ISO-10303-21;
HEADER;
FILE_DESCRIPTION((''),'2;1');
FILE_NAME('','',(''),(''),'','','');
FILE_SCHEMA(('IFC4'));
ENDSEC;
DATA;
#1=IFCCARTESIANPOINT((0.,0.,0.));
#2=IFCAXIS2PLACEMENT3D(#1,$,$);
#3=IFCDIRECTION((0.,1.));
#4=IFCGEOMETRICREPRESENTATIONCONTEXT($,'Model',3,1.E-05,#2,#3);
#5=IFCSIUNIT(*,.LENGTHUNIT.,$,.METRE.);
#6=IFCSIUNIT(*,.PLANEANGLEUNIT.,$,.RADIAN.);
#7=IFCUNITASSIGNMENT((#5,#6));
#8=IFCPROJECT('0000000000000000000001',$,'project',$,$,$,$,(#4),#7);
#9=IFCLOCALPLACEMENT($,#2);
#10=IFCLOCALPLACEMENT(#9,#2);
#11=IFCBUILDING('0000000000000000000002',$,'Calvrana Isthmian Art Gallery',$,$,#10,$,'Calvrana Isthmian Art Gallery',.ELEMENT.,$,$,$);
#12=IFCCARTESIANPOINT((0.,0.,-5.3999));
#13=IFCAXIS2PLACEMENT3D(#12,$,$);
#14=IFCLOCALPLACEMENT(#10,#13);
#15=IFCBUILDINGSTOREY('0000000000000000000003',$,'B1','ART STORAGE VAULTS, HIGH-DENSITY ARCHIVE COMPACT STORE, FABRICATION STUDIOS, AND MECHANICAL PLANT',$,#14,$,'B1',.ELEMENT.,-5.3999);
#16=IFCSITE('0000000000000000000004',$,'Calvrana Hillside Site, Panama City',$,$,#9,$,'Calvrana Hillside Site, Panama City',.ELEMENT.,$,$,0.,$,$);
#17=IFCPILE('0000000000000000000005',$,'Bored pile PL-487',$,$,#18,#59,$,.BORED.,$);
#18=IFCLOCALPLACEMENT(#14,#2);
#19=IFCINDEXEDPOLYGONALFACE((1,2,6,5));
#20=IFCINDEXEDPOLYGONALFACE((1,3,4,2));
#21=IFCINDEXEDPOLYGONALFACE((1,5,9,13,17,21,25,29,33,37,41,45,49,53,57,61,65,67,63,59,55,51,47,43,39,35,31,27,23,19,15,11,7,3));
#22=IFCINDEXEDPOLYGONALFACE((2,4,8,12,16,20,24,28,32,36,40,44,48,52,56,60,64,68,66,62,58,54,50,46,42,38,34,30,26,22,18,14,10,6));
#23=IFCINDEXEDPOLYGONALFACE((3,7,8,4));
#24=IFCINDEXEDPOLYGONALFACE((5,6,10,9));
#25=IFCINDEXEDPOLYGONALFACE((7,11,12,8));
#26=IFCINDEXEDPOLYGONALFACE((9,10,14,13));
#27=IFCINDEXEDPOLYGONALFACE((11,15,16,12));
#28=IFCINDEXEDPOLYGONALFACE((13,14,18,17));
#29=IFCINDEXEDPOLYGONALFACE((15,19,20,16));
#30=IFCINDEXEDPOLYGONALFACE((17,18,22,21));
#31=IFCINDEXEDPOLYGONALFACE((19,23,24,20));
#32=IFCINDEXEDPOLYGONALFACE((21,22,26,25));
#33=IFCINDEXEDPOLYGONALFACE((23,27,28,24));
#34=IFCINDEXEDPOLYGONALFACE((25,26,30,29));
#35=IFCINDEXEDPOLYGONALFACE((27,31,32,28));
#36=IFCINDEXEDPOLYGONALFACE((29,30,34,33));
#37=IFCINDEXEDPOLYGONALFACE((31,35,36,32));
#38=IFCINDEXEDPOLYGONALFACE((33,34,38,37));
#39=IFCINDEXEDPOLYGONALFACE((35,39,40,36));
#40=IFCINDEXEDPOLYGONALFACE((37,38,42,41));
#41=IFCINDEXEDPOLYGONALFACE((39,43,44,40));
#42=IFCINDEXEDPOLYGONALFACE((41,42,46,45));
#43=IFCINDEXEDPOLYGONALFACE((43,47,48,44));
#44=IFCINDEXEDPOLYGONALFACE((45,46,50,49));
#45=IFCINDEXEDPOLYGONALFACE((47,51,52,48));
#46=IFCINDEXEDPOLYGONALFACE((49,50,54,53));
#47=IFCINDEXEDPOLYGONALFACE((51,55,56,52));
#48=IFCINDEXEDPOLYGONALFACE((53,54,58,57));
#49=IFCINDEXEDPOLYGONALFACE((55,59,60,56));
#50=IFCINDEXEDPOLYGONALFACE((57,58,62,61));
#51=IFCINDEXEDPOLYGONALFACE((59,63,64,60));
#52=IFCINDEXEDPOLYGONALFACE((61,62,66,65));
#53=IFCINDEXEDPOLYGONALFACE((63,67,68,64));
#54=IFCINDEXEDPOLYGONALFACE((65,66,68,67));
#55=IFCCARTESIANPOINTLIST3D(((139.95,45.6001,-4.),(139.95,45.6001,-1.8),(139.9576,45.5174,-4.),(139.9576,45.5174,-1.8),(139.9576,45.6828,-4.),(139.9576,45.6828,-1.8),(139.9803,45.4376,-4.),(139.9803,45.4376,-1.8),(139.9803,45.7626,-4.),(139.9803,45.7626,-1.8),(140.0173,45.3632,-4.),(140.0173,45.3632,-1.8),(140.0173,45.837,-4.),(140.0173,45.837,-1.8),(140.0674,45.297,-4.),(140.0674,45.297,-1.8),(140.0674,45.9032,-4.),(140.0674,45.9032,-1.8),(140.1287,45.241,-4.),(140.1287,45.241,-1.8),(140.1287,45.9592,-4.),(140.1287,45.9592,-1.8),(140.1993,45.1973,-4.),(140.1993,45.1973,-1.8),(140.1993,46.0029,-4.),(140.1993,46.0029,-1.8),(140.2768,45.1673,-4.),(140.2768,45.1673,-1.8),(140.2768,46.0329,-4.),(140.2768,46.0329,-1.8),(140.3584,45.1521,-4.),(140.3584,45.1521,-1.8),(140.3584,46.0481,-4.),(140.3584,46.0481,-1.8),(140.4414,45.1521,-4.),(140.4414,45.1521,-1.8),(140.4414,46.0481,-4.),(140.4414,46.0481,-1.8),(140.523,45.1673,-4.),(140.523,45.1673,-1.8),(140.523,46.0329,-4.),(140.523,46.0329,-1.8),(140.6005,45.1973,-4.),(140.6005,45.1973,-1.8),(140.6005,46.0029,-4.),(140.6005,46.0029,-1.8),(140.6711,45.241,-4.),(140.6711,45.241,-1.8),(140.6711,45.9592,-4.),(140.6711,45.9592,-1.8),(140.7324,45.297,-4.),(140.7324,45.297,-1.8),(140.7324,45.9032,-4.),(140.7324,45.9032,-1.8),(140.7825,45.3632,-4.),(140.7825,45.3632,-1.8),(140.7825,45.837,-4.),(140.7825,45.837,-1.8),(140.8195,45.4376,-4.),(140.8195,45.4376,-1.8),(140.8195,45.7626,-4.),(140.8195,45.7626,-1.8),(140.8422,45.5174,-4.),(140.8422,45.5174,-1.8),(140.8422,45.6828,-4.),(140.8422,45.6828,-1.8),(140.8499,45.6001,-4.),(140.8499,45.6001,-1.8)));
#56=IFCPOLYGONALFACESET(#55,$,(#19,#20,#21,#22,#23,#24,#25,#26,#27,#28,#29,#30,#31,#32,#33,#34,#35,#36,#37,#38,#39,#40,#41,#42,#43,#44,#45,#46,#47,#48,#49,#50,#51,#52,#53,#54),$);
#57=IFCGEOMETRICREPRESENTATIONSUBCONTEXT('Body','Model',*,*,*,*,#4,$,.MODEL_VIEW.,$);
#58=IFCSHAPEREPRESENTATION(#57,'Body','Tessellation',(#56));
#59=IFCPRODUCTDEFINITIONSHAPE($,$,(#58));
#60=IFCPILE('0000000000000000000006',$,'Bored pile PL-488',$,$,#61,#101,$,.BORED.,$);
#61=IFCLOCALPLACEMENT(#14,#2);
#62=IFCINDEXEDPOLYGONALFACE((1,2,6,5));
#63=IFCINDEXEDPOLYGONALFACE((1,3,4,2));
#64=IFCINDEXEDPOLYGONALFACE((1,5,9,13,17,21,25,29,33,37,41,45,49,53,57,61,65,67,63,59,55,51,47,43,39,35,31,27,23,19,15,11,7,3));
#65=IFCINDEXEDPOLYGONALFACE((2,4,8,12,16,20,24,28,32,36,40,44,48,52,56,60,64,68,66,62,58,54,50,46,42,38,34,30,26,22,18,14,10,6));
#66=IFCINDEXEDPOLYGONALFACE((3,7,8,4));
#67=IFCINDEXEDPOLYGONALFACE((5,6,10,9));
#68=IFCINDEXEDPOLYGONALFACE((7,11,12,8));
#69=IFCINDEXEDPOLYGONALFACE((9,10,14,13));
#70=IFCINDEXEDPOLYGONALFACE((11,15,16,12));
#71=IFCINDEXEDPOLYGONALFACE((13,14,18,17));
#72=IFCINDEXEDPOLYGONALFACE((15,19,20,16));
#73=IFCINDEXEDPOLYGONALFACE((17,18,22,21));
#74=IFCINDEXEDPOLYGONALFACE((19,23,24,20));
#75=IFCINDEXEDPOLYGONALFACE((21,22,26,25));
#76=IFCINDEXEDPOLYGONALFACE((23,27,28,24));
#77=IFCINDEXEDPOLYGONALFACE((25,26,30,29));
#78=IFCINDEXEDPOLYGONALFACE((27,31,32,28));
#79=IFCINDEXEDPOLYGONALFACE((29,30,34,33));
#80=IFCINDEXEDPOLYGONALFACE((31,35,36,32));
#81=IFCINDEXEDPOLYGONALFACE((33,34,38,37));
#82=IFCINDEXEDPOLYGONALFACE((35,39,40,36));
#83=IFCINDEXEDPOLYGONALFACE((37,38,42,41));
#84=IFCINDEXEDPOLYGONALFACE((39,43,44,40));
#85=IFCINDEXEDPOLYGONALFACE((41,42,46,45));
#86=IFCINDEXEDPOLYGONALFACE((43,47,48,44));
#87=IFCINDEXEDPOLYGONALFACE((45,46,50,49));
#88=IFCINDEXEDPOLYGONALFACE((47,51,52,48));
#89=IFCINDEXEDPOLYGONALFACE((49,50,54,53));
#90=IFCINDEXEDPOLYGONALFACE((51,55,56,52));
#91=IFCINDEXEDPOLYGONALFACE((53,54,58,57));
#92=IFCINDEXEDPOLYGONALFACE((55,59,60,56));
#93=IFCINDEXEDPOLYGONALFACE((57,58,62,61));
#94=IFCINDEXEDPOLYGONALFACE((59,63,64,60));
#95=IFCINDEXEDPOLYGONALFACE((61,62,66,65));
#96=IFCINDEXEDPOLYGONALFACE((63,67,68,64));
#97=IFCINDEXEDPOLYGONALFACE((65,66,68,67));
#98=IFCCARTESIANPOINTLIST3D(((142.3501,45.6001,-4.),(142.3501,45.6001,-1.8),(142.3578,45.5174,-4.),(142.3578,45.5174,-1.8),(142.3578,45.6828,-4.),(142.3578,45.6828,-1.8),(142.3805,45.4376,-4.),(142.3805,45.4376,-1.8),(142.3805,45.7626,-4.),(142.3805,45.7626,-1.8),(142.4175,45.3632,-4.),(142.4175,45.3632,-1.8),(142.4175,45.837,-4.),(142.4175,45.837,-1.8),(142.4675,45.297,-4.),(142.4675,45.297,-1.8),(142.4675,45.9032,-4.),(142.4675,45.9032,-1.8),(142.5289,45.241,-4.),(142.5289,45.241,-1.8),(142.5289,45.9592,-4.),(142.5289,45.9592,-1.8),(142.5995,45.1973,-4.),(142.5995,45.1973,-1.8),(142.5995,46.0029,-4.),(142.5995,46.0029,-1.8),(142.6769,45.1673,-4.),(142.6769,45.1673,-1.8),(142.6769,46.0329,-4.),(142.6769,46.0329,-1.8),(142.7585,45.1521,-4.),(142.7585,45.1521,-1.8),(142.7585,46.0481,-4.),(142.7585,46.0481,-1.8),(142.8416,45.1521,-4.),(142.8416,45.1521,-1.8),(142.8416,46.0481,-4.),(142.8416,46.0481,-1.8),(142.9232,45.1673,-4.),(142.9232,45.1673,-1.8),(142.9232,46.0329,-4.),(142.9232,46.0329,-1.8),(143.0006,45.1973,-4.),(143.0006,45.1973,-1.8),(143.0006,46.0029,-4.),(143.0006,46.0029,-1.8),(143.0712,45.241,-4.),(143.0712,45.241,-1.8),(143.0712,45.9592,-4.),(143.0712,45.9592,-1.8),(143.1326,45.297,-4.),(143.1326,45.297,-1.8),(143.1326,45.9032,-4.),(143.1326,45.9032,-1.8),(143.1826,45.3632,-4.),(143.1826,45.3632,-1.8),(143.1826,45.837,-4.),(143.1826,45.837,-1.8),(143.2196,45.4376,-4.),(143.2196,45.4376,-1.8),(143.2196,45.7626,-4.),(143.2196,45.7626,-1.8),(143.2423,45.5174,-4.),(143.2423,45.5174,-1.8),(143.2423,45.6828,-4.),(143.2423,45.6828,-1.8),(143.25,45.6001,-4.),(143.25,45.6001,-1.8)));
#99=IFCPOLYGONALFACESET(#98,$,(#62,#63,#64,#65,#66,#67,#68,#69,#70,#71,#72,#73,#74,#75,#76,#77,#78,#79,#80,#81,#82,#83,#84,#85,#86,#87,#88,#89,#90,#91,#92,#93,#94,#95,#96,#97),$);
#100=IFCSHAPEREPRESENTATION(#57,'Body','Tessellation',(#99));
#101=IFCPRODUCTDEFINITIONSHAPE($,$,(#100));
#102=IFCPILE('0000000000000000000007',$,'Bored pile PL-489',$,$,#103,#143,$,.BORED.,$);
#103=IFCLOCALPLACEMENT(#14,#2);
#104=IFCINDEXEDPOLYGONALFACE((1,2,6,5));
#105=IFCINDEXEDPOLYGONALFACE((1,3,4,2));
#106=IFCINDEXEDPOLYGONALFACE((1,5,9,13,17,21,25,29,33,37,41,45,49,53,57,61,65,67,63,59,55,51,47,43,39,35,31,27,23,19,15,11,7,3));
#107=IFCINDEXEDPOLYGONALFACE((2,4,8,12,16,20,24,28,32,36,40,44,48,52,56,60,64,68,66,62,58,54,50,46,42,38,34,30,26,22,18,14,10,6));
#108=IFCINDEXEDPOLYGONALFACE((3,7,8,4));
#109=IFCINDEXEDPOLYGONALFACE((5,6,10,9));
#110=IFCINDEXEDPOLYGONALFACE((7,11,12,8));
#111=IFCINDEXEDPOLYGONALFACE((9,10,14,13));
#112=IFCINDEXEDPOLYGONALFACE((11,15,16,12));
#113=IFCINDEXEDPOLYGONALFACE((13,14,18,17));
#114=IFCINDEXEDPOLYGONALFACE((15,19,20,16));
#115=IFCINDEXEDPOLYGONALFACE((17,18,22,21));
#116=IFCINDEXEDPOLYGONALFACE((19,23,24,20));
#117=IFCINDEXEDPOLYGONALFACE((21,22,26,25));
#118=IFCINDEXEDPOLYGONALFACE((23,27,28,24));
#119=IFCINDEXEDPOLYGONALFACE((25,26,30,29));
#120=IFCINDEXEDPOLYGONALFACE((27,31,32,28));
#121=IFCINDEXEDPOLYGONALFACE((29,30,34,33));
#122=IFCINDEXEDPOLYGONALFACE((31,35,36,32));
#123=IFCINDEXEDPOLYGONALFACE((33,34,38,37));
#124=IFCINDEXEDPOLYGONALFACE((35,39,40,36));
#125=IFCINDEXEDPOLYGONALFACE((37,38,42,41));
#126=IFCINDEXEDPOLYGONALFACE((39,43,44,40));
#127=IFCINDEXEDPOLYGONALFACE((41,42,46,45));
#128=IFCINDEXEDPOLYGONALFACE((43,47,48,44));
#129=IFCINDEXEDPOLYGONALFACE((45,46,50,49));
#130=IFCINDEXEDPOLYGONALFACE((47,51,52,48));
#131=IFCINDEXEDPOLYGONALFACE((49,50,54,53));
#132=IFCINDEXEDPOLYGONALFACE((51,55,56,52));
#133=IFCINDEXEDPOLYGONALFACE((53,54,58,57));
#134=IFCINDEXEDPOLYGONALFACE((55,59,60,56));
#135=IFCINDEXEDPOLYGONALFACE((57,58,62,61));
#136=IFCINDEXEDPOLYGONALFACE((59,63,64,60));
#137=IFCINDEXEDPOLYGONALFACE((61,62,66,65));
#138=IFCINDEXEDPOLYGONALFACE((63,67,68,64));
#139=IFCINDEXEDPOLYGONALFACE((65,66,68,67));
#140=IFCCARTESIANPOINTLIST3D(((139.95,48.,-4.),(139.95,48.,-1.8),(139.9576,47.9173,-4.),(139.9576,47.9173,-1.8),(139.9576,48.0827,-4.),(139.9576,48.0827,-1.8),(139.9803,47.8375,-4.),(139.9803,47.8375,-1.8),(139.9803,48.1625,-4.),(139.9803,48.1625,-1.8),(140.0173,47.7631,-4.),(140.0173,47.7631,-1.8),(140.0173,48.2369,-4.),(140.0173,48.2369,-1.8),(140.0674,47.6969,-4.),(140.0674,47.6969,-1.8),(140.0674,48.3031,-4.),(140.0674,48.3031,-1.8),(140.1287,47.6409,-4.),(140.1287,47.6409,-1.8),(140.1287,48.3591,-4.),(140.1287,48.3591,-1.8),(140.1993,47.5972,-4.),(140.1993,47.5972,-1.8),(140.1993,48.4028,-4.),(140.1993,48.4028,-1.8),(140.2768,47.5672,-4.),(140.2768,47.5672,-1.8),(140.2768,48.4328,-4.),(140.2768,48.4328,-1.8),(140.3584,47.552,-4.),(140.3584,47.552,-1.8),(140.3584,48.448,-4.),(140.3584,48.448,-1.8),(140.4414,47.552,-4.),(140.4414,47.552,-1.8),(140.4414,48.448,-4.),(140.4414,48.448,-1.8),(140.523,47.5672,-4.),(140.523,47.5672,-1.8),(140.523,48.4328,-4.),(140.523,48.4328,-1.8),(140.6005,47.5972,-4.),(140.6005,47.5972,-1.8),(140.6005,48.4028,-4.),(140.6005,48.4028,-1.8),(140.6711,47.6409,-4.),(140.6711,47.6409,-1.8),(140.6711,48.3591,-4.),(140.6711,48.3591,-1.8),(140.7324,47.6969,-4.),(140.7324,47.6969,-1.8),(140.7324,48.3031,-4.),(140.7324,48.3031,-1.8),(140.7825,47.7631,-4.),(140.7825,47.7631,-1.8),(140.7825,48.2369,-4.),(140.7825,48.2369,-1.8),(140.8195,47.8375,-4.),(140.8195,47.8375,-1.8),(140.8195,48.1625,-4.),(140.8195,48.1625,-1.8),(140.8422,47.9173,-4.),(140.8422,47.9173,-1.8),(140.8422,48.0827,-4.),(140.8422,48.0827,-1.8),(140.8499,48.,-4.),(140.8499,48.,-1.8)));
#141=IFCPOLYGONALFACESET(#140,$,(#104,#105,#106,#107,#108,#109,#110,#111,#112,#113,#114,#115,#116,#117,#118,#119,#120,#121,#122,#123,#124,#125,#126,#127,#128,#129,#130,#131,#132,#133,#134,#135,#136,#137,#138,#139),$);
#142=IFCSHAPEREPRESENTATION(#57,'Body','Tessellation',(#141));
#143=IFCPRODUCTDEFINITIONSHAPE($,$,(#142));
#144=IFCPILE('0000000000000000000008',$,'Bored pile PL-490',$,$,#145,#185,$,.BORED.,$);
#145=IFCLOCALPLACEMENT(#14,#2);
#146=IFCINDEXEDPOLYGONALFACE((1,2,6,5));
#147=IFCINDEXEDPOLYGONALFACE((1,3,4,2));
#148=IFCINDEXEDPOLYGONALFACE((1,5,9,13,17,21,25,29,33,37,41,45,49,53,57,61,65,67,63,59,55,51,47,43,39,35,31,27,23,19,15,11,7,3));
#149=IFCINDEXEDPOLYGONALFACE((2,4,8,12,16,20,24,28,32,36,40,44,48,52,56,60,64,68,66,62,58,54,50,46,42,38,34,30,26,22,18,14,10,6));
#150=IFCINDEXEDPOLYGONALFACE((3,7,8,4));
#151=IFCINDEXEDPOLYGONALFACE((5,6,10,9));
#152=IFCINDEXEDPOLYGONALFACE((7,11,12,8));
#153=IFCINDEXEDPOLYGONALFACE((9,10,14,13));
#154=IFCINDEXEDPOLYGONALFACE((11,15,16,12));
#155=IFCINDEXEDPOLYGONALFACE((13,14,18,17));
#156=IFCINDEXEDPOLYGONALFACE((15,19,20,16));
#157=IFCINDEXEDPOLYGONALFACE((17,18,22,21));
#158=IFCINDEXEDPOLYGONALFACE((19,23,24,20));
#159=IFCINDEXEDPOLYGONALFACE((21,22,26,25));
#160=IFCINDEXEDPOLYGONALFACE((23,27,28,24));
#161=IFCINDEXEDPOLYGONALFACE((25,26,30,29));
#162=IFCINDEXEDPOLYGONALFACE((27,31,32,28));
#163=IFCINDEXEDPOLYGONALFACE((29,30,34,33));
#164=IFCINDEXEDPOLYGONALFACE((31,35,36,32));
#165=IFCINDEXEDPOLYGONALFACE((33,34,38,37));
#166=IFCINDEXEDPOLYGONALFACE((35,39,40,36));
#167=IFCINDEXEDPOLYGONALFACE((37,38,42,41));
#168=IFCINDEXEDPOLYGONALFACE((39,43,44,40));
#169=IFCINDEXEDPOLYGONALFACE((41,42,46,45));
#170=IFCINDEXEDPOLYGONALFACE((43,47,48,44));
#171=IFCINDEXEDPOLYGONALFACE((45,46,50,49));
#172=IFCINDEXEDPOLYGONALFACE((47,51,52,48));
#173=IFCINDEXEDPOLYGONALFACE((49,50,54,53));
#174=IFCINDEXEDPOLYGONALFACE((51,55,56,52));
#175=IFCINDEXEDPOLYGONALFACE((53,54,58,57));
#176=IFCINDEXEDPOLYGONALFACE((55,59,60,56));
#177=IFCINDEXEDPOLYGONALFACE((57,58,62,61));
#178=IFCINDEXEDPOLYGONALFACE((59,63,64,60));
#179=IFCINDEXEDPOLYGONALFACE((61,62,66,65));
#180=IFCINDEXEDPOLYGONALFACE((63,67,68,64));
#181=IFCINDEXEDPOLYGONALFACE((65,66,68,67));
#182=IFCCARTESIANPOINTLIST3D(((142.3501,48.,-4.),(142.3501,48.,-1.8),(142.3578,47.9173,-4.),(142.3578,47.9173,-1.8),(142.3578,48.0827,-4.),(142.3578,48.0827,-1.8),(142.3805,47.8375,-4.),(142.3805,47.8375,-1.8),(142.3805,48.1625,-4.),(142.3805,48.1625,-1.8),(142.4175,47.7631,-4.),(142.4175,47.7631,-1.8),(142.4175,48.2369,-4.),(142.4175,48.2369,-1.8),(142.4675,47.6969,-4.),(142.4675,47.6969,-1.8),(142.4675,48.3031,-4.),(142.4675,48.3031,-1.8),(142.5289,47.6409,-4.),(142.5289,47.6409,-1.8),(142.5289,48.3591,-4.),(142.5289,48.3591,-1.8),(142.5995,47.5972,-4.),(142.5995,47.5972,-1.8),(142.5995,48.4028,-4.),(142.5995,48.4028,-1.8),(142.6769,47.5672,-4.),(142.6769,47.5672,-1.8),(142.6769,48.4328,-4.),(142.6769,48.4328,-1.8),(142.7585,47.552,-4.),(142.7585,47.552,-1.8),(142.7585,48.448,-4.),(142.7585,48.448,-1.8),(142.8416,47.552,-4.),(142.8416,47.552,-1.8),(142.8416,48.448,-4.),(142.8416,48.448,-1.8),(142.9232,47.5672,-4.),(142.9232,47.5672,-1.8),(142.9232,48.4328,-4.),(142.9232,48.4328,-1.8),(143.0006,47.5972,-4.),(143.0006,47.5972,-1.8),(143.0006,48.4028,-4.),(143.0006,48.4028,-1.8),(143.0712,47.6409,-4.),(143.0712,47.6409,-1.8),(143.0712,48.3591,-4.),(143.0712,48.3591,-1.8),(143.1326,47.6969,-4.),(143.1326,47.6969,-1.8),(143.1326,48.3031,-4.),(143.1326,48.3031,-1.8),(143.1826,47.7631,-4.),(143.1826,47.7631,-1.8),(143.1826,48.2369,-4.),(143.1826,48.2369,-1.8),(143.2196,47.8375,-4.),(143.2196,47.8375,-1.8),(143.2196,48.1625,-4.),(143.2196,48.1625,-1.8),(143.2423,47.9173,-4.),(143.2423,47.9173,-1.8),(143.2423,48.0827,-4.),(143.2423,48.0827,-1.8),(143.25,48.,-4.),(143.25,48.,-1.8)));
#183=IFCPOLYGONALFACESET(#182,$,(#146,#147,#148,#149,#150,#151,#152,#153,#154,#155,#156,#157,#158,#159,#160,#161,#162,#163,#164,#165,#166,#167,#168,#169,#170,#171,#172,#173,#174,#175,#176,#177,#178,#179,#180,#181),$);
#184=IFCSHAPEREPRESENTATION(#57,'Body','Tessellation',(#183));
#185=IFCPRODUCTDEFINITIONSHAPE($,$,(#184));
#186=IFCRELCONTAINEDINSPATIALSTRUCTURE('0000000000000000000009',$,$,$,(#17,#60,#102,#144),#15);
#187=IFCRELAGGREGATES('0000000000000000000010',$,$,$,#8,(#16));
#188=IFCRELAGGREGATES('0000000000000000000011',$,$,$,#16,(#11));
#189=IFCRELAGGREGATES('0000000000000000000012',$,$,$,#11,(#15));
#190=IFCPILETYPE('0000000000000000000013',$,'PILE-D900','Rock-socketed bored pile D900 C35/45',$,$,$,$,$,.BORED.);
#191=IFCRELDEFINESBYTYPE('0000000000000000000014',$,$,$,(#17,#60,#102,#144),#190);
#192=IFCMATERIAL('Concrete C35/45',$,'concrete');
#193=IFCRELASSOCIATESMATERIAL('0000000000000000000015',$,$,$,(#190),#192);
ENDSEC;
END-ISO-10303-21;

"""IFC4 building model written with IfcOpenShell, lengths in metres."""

from ifc_helpers import new_model, si_unit, direction, frame, origin, origin_2d, place, context, subcontext, project, spatial, circle, extrude, material, material_profile, profile_set, type_object, element, save


model = new_model("IFC4")

# Units and contexts
model_context = context("Model", 3, precision=1e-05, world=origin(), true_north=direction((0.0, 1.0)))
body_context = subcontext(model_context, "Body", "Model", "MODEL_VIEW")
ifc_project = project(units=[si_unit("LENGTHUNIT", "METRE"), si_unit("PLANEANGLEUNIT", "RADIAN")], contexts=[model_context])

# Site, building, storey
site_placement = place(None, origin())
site = spatial("IfcSite", under=ifc_project, at=site_placement, Name="Calvrana Hillside Site, Panama City", LongName="Calvrana Hillside Site, Panama City", CompositionType="ELEMENT", RefElevation=0.0)
building_placement = place(site_placement, origin())
building = spatial("IfcBuilding", under=site, at=building_placement, Name="Calvrana Isthmian Art Gallery", LongName="Calvrana Isthmian Art Gallery", CompositionType="ELEMENT")
storey_placement = place(building_placement, frame((0.0, 0.0, -5.3999)))
storey = spatial("IfcBuildingStorey", under=building, at=storey_placement, Name="B1", Description="ART STORAGE VAULTS, HIGH-DENSITY ARCHIVE COMPACT STORE, FABRICATION STUDIOS, AND MECHANICAL PLANT", LongName="B1", CompositionType="ELEMENT", Elevation=-5.3999)

# Shared definitions
ifc_material_1 = material(Name="Concrete C35/45", Category="concrete")

# Piles
ifc_material_profile_1 = material_profile(ifc_material_1, circle(Radius=0.45, at=origin_2d()), Name="PILE900D")
ifc_profile_set_1 = profile_set([ifc_material_profile_1], Name="Concrete C35/45")
pile_type_1 = type_object("IfcPileType", Name="PILE-D900", Description="Rock-socketed bored pile D900 C35/45", PredefinedType="BORED", material=ifc_profile_set_1)
for number, where, z_axis, x_axis, name in (
    (1, (140.3999, 45.6001, -1.8), (0.0, 0.0, -1.0), (1.0, 0.0, 0.0), "Bored pile PL-487"),
    (2, (142.8, 45.6001, -1.8), (0.0, 0.0, -1.0), (1.0, 0.0, 0.0), "Bored pile PL-488"),
    (3, (140.3999, 48.0, -1.8), (0.0, 0.0, -1.0), (1.0, 0.0, 0.0), "Bored pile PL-489"),
    (4, (142.8, 48.0, -1.8), (0.0, 0.0, -1.0), (1.0, 0.0, 0.0), "Bored pile PL-490"),
):
    element("IfcPile", number, at=place(storey_placement, frame(where, z_axis=z_axis, x_axis=x_axis)), inside=storey, type_object=pile_type_1, Name=name, PredefinedType="BORED", context=body_context, shape_type="SweptSolid", body=[
        extrude(circle(Radius=0.45, at=origin_2d()), origin(), (0.0, 0.0, 1.0), 2.2),
    ])

save(model, "model.ifc")
